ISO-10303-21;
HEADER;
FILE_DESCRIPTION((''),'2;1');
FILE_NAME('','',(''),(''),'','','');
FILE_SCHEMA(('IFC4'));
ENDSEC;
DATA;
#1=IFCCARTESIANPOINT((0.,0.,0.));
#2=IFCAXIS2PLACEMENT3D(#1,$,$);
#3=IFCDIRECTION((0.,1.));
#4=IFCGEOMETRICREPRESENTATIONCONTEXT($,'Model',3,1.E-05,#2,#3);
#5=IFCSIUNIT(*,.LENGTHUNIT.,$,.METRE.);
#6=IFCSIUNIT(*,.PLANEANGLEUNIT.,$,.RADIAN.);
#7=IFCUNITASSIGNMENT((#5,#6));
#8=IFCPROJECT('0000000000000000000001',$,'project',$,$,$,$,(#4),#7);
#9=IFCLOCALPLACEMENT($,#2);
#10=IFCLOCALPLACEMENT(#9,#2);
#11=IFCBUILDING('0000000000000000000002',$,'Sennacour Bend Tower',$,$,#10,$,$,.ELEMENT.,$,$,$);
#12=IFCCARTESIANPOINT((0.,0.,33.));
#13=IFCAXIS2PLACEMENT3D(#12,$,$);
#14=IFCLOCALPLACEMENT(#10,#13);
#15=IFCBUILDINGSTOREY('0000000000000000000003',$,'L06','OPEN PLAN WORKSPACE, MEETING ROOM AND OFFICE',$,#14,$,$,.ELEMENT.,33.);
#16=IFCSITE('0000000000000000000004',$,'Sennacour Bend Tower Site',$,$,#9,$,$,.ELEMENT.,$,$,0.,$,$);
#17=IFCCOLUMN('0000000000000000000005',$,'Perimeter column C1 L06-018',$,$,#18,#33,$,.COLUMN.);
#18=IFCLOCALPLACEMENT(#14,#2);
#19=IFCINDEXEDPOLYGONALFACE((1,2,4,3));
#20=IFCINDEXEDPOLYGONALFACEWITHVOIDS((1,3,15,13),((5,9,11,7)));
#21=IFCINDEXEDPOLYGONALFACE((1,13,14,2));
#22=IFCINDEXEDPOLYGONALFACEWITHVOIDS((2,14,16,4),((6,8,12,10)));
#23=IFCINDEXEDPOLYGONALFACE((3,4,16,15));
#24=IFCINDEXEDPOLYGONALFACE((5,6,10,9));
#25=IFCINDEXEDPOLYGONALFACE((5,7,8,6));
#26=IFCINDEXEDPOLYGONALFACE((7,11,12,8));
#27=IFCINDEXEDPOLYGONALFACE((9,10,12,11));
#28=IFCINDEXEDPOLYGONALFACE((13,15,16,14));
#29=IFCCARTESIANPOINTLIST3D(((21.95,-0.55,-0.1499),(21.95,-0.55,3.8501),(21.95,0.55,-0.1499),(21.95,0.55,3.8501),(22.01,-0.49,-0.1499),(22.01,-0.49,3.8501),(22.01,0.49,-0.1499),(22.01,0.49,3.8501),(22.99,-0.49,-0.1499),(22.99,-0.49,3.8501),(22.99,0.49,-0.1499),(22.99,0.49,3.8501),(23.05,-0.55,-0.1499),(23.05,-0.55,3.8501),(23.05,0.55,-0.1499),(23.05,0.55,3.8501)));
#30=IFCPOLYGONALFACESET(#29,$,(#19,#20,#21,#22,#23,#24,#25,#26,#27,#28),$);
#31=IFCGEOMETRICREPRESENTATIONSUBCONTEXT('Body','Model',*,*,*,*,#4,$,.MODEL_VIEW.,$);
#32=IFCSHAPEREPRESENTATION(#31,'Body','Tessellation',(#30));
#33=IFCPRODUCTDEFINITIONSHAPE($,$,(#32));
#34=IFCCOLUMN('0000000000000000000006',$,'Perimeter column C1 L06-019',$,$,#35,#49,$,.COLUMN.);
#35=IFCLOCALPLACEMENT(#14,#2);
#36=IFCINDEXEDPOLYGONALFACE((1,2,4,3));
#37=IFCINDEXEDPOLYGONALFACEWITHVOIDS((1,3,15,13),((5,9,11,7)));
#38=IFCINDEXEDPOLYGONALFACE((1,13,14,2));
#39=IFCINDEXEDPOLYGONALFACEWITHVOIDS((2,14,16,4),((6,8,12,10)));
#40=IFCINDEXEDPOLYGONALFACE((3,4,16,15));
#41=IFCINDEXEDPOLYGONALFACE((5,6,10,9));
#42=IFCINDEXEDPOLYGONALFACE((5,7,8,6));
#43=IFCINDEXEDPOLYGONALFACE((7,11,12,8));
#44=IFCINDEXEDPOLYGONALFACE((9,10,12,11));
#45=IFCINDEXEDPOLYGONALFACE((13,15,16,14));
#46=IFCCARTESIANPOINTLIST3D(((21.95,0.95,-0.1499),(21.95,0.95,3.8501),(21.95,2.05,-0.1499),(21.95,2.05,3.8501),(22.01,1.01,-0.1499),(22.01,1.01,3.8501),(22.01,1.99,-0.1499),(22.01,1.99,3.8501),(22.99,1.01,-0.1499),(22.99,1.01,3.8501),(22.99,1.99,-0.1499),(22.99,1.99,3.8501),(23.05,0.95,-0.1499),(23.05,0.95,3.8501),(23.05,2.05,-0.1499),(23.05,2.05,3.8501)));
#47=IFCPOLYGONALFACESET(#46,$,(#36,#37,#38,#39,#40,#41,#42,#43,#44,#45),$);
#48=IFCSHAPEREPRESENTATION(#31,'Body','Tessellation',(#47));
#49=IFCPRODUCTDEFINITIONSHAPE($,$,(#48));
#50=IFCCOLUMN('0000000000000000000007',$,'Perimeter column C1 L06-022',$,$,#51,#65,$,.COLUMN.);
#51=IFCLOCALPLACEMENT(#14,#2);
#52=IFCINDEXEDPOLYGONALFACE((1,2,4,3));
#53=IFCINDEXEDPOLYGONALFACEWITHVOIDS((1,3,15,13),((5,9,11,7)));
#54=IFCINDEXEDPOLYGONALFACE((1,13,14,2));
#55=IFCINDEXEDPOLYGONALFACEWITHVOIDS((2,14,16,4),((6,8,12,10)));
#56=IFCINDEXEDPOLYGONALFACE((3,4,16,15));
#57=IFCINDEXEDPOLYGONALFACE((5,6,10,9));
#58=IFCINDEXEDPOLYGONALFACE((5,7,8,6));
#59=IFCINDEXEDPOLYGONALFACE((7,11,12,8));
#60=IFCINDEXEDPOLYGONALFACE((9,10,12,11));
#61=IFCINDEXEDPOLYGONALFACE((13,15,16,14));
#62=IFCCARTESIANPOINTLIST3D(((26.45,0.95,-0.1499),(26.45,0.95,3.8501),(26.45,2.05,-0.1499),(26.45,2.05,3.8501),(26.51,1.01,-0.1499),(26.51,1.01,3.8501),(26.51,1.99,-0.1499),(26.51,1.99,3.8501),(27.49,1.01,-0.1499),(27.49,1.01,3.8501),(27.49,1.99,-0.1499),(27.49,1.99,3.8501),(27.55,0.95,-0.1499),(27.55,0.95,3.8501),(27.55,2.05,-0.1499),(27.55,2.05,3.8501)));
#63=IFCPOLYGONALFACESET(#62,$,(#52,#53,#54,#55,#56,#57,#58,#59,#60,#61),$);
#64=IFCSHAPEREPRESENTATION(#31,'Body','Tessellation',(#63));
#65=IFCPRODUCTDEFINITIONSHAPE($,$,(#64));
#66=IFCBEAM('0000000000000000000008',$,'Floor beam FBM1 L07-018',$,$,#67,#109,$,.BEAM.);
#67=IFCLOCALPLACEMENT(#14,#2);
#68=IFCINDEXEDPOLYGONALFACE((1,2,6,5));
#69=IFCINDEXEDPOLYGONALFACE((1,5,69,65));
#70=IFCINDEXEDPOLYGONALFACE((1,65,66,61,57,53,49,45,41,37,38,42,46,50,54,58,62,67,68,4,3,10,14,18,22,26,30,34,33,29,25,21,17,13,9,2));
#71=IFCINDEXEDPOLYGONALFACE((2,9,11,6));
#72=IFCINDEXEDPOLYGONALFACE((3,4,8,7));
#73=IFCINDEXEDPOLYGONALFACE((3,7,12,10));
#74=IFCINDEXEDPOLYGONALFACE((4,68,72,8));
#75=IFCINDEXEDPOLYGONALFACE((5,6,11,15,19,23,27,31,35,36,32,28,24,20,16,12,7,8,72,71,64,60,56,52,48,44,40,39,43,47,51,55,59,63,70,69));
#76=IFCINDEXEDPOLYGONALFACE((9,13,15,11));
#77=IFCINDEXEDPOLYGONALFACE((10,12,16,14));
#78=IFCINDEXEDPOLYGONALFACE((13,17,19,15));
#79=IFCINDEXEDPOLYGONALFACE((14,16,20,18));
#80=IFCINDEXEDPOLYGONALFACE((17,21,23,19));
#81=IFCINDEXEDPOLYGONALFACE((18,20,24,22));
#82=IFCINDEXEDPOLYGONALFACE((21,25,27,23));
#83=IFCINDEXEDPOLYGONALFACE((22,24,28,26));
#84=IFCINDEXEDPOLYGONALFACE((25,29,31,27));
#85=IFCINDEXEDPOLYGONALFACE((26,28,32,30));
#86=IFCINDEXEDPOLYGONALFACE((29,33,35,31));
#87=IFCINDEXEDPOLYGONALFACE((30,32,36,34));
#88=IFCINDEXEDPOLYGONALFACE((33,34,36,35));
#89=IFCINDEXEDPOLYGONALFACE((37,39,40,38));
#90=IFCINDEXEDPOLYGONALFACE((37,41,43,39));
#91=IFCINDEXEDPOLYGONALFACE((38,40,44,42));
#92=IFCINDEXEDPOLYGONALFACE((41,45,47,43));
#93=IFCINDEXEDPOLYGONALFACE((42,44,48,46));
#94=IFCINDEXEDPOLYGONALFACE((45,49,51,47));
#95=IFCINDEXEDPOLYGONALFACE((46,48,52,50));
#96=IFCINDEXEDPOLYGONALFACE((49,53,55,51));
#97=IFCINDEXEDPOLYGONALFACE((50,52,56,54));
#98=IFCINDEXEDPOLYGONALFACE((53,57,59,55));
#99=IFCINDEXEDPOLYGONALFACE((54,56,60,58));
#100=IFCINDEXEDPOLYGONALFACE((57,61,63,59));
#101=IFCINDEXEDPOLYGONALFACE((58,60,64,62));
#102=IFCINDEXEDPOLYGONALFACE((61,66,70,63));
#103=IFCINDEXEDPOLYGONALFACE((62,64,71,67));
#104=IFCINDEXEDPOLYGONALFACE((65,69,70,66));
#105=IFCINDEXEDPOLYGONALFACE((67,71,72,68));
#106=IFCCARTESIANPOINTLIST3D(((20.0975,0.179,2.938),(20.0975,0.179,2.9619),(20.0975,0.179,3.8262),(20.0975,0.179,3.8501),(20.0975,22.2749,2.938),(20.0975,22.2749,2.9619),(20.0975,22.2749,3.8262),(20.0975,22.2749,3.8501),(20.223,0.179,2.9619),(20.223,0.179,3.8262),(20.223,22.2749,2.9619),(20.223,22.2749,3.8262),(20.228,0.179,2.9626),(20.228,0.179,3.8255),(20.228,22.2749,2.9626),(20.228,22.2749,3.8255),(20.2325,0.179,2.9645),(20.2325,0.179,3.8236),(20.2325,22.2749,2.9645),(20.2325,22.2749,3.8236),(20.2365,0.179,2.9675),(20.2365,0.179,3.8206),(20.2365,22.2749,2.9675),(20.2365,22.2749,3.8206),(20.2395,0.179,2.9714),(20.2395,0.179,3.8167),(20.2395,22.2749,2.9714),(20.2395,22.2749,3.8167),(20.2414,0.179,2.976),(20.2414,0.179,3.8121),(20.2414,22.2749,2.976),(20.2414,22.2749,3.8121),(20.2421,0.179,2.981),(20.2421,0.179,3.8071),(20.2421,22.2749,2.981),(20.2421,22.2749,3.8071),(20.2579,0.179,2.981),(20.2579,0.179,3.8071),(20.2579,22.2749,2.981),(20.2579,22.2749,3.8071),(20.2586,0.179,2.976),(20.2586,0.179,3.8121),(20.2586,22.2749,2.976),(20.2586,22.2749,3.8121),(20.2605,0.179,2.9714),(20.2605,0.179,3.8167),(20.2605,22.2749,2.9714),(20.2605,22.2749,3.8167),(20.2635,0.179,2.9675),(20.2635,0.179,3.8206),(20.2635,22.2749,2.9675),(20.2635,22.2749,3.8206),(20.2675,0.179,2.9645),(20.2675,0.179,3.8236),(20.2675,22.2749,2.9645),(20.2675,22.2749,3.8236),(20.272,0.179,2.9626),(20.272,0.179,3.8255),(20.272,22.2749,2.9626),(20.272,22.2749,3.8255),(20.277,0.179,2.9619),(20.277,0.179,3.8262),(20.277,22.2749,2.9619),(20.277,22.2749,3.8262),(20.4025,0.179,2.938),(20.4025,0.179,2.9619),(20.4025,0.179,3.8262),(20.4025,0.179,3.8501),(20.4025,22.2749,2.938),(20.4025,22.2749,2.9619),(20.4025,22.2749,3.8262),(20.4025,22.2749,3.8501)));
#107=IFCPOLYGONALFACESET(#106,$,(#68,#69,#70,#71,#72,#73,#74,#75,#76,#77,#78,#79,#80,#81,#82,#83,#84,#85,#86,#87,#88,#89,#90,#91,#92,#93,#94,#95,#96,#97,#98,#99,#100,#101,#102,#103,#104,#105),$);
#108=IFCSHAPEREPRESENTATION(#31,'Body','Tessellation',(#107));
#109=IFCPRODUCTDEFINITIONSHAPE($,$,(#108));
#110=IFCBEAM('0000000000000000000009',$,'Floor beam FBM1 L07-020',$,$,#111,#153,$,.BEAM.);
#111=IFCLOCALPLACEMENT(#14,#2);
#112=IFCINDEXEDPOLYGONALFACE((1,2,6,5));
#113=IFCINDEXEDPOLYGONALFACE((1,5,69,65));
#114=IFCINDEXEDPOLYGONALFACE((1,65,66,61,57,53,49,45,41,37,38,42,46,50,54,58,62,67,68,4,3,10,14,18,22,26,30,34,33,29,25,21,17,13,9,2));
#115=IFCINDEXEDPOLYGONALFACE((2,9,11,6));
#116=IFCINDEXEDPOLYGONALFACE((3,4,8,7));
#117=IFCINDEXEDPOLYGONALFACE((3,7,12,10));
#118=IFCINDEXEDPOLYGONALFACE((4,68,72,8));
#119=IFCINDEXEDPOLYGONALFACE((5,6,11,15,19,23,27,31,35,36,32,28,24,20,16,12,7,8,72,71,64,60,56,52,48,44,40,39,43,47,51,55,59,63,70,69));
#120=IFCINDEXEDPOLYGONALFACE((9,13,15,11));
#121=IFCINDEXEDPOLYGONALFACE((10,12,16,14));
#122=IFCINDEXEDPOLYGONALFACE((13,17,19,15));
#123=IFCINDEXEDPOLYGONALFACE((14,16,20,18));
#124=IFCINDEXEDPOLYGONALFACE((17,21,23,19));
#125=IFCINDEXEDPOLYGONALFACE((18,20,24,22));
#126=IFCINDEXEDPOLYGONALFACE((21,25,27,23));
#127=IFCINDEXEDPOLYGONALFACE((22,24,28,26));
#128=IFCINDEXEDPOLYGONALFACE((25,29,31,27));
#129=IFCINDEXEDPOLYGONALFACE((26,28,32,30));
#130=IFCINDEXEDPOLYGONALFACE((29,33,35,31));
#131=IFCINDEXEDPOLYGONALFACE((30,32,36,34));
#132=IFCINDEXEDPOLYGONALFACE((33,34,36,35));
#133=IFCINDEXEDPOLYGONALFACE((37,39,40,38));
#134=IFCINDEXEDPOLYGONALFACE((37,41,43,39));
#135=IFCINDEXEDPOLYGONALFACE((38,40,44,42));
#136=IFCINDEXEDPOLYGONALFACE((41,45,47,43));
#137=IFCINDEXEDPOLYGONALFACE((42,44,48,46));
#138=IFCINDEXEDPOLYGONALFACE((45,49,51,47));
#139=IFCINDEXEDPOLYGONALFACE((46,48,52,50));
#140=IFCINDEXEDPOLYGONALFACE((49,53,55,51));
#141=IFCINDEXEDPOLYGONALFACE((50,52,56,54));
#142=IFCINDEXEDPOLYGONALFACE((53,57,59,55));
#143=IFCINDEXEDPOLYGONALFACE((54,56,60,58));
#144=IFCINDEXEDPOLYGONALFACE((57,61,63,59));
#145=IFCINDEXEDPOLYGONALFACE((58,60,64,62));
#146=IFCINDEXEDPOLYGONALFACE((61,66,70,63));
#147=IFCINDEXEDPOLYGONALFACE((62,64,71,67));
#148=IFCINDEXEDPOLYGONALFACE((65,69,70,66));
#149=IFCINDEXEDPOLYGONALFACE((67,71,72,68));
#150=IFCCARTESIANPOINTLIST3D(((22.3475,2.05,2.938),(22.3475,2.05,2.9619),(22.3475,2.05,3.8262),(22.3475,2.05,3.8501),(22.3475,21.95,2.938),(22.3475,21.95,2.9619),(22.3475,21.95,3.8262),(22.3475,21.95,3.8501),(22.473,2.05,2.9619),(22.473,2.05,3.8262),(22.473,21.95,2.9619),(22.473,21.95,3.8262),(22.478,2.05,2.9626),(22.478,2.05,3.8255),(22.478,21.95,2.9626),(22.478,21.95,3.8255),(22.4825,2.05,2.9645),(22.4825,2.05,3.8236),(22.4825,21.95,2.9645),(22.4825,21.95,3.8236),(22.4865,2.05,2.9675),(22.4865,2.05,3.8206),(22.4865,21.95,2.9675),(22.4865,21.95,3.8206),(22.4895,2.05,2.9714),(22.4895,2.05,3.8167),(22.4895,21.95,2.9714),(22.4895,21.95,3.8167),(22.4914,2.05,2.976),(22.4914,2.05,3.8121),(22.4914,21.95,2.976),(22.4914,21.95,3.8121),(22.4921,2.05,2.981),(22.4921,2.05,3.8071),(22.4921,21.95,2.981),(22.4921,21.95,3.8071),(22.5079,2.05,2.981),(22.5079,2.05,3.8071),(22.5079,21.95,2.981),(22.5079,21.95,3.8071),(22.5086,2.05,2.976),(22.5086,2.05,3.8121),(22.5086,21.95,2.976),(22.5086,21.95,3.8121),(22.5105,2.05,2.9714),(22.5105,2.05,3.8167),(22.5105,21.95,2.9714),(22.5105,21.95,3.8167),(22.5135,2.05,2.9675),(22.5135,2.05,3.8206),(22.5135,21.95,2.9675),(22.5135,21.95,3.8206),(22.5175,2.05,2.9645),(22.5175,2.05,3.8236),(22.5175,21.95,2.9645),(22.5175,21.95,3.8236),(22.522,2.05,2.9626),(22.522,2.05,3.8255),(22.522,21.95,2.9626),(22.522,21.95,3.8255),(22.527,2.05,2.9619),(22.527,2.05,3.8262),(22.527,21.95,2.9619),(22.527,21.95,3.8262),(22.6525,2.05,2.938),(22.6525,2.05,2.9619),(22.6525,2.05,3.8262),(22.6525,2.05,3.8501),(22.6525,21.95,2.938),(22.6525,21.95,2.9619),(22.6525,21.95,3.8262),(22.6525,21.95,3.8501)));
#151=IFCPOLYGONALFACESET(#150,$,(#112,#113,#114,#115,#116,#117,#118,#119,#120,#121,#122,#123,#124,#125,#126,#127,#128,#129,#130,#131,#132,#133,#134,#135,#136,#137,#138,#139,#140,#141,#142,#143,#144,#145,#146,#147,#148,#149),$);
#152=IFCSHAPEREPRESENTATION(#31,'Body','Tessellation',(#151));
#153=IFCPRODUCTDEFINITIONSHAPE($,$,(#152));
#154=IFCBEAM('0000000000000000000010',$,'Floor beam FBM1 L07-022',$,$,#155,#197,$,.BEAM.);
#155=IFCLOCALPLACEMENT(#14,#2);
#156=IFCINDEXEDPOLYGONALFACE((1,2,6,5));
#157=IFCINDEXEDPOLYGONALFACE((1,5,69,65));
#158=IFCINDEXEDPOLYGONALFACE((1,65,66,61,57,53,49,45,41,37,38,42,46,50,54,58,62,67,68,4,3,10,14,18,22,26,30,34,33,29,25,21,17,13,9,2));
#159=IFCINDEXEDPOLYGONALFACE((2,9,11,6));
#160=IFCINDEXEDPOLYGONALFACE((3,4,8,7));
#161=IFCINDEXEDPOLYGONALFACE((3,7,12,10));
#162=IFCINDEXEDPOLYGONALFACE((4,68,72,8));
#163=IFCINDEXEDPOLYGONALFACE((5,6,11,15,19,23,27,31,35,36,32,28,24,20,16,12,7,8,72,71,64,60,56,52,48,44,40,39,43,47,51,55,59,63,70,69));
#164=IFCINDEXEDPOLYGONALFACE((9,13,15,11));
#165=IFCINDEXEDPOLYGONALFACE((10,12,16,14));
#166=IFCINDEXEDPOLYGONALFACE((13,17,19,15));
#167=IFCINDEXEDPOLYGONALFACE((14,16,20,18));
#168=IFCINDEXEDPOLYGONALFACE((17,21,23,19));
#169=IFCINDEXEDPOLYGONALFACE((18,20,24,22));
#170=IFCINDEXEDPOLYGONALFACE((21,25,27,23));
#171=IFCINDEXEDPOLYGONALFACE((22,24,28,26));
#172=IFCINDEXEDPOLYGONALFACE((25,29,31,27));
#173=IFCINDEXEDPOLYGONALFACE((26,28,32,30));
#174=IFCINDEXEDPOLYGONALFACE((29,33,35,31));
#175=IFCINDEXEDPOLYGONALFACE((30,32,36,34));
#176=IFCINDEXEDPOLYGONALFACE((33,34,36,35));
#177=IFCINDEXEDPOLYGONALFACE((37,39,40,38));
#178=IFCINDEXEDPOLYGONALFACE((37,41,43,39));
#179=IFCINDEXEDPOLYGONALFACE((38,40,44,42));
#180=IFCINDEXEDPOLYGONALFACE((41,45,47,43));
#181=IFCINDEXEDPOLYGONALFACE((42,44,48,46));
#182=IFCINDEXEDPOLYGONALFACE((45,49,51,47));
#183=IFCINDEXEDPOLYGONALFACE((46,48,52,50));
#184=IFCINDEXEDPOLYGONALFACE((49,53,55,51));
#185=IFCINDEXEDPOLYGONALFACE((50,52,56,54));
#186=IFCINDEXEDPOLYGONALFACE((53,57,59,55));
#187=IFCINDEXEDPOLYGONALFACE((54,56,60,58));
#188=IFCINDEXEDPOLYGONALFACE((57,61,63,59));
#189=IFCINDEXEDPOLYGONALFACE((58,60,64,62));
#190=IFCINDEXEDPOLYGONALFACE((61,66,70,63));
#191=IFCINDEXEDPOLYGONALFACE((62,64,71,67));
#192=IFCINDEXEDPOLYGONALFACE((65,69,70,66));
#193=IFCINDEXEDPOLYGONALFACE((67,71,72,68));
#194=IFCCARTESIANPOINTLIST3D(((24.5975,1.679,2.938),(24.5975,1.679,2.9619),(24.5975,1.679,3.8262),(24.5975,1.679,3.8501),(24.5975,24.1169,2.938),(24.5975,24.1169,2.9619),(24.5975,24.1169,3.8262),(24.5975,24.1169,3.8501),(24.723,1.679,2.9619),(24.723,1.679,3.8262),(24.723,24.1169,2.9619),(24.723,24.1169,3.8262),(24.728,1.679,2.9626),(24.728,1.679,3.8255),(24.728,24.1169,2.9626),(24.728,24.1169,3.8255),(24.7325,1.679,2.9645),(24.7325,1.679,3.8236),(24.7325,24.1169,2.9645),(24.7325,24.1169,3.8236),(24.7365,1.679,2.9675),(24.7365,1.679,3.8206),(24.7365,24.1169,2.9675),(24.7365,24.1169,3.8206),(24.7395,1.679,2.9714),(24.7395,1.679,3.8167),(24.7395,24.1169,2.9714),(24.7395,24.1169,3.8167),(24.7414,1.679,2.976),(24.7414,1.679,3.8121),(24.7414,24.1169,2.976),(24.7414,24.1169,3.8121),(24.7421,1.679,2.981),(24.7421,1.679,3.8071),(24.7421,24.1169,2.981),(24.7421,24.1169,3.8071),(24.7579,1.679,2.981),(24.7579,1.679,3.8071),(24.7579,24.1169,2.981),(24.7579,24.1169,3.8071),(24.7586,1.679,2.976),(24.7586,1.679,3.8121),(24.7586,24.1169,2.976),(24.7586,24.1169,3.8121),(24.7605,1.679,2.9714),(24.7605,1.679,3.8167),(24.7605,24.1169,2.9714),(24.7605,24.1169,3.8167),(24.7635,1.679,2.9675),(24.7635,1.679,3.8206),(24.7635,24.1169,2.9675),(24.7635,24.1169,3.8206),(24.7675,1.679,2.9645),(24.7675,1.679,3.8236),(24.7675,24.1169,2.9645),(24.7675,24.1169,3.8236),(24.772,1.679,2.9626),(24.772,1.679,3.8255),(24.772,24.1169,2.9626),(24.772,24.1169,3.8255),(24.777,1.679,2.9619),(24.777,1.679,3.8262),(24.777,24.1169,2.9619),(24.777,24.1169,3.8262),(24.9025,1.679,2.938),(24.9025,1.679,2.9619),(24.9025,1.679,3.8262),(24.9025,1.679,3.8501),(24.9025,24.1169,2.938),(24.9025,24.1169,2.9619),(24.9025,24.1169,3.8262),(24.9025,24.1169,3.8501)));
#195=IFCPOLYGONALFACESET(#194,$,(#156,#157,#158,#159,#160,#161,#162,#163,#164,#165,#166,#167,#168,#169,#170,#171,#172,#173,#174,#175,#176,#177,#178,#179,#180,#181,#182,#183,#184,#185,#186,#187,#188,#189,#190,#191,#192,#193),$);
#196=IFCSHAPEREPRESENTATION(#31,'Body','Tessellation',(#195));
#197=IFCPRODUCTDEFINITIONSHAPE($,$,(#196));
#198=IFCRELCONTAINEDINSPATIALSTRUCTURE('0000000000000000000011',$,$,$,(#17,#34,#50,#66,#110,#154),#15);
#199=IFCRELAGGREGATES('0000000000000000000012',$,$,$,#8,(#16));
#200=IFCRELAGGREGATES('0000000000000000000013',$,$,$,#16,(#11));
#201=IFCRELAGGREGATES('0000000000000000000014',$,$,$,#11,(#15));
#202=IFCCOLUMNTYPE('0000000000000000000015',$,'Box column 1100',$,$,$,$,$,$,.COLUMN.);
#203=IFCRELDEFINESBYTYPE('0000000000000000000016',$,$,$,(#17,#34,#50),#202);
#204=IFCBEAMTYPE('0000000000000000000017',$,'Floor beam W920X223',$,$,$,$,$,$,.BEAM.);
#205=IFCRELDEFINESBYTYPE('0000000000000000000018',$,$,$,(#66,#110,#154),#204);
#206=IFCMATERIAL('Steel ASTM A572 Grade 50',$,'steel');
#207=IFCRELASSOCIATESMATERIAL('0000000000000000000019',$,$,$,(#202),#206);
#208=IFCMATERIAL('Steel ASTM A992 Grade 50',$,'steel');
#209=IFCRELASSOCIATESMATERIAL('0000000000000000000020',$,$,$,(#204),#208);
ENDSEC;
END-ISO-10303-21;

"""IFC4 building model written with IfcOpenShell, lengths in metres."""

from ifc_helpers import new_model, si_unit, direction, frame, origin, origin_2d, place, context, subcontext, project, spatial, hollow_rectangle, i_section, extrude, material, material_profile, profile_set, type_object, element, save


model = new_model("IFC4")

# Units and contexts
model_context = context("Model", 3, precision=1e-05, world=origin(), true_north=direction((0.0, 1.0)))
body_context = subcontext(model_context, "Body", "Model", "MODEL_VIEW")
ifc_project = project(units=[si_unit("LENGTHUNIT", "METRE"), si_unit("PLANEANGLEUNIT", "RADIAN")], contexts=[model_context])

# Site, building, storey
site_placement = place(None, origin())
site = spatial("IfcSite", under=ifc_project, at=site_placement, Name="Sennacour Bend Tower Site", CompositionType="ELEMENT", RefElevation=0.0)
building_placement = place(site_placement, origin())
building = spatial("IfcBuilding", under=site, at=building_placement, Name="Sennacour Bend Tower", CompositionType="ELEMENT")
storey_placement = place(building_placement, frame((0.0, 0.0, 33.0)))
storey = spatial("IfcBuildingStorey", under=building, at=storey_placement, Name="L06", Description="OPEN PLAN WORKSPACE, MEETING ROOM AND OFFICE", CompositionType="ELEMENT", Elevation=33.0)

# Columns
ifc_material_1 = material(Name="Steel ASTM A572 Grade 50", Category="steel")
ifc_material_profile_1 = material_profile(ifc_material_1, hollow_rectangle(XDim=1.1001, YDim=1.1001, WallThickness=0.0601, at=origin_2d()), Name="Steel ASTM A572 Grade 50", Category="steel")
ifc_profile_set_1 = profile_set([ifc_material_profile_1], Name="Steel ASTM A572 Grade 50")
column_type = type_object("IfcColumnType", Name="Box column 1100", PredefinedType="COLUMN", material=ifc_profile_set_1)
for number, where, z_axis, x_axis, name in (
    (1, (22.5, 0.0, -0.1499), (0.0, 0.0, 1.0), (1.0, 0.0, 0.0), "Perimeter column C1 L06-018"),
    (2, (22.5, 1.5, -0.1499), (0.0, 0.0, 1.0), (1.0, 0.0, 0.0), "Perimeter column C1 L06-019"),
    (3, (27.0, 1.5, -0.1499), (0.0, 0.0, 1.0), (1.0, 0.0, 0.0), "Perimeter column C1 L06-022"),
):
    element("IfcColumn", number, at=place(storey_placement, frame(where, z_axis=z_axis, x_axis=x_axis)), inside=storey, type_object=column_type, Name=name, PredefinedType="COLUMN", context=body_context, shape_type="SweptSolid", body=[
        extrude(hollow_rectangle(XDim=1.1001, YDim=1.1001, WallThickness=0.0601, at=origin_2d()), origin(), (0.0, 0.0, 1.0), 4.0),
    ])

# Beams
ifc_material_2 = material(Name="Steel ASTM A992 Grade 50", Category="steel")
ifc_material_profile_2 = material_profile(ifc_material_2, i_section(OverallWidth=0.3049, OverallDepth=0.9121, WebThickness=0.0159, FlangeThickness=0.0239, FilletRadius=0.019, at=origin_2d()), Name="Steel ASTM A992 Grade 50", Category="steel")
ifc_profile_set_2 = profile_set([ifc_material_profile_2], Name="Steel ASTM A992 Grade 50")
beam_type_1 = type_object("IfcBeamType", Name="Floor beam W920X223", PredefinedType="BEAM", material=ifc_profile_set_2)
beam_1_placement = place(storey_placement, frame((20.25, 0.179, 3.394), z_axis=(0.0, 1.0, 0.0), x_axis=(-1.0, 0.0, 0.0)))
element("IfcBeam", 4, at=beam_1_placement, inside=storey, type_object=beam_type_1, Name="Floor beam FBM1 L07-018", PredefinedType="BEAM", context=body_context, shape_type="SweptSolid", body=[
    extrude(i_section(OverallWidth=0.3049, OverallDepth=0.9121, WebThickness=0.0159, FlangeThickness=0.0239, FilletRadius=0.019, at=origin_2d()), origin(), (0.0, 0.0, 1.0), 22.0959),
])
beam_2_placement = place(storey_placement, frame((22.5, 2.05, 3.394), z_axis=(0.0, 1.0, 0.0), x_axis=(-1.0, 0.0, 0.0)))
element("IfcBeam", 5, at=beam_2_placement, inside=storey, type_object=beam_type_1, Name="Floor beam FBM1 L07-020", PredefinedType="BEAM", context=body_context, shape_type="SweptSolid", body=[
    extrude(i_section(OverallWidth=0.3049, OverallDepth=0.9121, WebThickness=0.0159, FlangeThickness=0.0239, FilletRadius=0.019, at=origin_2d()), origin(), (0.0, 0.0, 1.0), 19.8999),
])
beam_3_placement = place(storey_placement, frame((24.75, 1.679, 3.394), z_axis=(0.0, 1.0, 0.0), x_axis=(-1.0, 0.0, 0.0)))
element("IfcBeam", 6, at=beam_3_placement, inside=storey, type_object=beam_type_1, Name="Floor beam FBM1 L07-022", PredefinedType="BEAM", context=body_context, shape_type="SweptSolid", body=[
    extrude(i_section(OverallWidth=0.3049, OverallDepth=0.9121, WebThickness=0.0159, FlangeThickness=0.0239, FilletRadius=0.019, at=origin_2d()), origin(), (0.0, 0.0, 1.0), 22.438),
])

save(model, "model.ifc")
